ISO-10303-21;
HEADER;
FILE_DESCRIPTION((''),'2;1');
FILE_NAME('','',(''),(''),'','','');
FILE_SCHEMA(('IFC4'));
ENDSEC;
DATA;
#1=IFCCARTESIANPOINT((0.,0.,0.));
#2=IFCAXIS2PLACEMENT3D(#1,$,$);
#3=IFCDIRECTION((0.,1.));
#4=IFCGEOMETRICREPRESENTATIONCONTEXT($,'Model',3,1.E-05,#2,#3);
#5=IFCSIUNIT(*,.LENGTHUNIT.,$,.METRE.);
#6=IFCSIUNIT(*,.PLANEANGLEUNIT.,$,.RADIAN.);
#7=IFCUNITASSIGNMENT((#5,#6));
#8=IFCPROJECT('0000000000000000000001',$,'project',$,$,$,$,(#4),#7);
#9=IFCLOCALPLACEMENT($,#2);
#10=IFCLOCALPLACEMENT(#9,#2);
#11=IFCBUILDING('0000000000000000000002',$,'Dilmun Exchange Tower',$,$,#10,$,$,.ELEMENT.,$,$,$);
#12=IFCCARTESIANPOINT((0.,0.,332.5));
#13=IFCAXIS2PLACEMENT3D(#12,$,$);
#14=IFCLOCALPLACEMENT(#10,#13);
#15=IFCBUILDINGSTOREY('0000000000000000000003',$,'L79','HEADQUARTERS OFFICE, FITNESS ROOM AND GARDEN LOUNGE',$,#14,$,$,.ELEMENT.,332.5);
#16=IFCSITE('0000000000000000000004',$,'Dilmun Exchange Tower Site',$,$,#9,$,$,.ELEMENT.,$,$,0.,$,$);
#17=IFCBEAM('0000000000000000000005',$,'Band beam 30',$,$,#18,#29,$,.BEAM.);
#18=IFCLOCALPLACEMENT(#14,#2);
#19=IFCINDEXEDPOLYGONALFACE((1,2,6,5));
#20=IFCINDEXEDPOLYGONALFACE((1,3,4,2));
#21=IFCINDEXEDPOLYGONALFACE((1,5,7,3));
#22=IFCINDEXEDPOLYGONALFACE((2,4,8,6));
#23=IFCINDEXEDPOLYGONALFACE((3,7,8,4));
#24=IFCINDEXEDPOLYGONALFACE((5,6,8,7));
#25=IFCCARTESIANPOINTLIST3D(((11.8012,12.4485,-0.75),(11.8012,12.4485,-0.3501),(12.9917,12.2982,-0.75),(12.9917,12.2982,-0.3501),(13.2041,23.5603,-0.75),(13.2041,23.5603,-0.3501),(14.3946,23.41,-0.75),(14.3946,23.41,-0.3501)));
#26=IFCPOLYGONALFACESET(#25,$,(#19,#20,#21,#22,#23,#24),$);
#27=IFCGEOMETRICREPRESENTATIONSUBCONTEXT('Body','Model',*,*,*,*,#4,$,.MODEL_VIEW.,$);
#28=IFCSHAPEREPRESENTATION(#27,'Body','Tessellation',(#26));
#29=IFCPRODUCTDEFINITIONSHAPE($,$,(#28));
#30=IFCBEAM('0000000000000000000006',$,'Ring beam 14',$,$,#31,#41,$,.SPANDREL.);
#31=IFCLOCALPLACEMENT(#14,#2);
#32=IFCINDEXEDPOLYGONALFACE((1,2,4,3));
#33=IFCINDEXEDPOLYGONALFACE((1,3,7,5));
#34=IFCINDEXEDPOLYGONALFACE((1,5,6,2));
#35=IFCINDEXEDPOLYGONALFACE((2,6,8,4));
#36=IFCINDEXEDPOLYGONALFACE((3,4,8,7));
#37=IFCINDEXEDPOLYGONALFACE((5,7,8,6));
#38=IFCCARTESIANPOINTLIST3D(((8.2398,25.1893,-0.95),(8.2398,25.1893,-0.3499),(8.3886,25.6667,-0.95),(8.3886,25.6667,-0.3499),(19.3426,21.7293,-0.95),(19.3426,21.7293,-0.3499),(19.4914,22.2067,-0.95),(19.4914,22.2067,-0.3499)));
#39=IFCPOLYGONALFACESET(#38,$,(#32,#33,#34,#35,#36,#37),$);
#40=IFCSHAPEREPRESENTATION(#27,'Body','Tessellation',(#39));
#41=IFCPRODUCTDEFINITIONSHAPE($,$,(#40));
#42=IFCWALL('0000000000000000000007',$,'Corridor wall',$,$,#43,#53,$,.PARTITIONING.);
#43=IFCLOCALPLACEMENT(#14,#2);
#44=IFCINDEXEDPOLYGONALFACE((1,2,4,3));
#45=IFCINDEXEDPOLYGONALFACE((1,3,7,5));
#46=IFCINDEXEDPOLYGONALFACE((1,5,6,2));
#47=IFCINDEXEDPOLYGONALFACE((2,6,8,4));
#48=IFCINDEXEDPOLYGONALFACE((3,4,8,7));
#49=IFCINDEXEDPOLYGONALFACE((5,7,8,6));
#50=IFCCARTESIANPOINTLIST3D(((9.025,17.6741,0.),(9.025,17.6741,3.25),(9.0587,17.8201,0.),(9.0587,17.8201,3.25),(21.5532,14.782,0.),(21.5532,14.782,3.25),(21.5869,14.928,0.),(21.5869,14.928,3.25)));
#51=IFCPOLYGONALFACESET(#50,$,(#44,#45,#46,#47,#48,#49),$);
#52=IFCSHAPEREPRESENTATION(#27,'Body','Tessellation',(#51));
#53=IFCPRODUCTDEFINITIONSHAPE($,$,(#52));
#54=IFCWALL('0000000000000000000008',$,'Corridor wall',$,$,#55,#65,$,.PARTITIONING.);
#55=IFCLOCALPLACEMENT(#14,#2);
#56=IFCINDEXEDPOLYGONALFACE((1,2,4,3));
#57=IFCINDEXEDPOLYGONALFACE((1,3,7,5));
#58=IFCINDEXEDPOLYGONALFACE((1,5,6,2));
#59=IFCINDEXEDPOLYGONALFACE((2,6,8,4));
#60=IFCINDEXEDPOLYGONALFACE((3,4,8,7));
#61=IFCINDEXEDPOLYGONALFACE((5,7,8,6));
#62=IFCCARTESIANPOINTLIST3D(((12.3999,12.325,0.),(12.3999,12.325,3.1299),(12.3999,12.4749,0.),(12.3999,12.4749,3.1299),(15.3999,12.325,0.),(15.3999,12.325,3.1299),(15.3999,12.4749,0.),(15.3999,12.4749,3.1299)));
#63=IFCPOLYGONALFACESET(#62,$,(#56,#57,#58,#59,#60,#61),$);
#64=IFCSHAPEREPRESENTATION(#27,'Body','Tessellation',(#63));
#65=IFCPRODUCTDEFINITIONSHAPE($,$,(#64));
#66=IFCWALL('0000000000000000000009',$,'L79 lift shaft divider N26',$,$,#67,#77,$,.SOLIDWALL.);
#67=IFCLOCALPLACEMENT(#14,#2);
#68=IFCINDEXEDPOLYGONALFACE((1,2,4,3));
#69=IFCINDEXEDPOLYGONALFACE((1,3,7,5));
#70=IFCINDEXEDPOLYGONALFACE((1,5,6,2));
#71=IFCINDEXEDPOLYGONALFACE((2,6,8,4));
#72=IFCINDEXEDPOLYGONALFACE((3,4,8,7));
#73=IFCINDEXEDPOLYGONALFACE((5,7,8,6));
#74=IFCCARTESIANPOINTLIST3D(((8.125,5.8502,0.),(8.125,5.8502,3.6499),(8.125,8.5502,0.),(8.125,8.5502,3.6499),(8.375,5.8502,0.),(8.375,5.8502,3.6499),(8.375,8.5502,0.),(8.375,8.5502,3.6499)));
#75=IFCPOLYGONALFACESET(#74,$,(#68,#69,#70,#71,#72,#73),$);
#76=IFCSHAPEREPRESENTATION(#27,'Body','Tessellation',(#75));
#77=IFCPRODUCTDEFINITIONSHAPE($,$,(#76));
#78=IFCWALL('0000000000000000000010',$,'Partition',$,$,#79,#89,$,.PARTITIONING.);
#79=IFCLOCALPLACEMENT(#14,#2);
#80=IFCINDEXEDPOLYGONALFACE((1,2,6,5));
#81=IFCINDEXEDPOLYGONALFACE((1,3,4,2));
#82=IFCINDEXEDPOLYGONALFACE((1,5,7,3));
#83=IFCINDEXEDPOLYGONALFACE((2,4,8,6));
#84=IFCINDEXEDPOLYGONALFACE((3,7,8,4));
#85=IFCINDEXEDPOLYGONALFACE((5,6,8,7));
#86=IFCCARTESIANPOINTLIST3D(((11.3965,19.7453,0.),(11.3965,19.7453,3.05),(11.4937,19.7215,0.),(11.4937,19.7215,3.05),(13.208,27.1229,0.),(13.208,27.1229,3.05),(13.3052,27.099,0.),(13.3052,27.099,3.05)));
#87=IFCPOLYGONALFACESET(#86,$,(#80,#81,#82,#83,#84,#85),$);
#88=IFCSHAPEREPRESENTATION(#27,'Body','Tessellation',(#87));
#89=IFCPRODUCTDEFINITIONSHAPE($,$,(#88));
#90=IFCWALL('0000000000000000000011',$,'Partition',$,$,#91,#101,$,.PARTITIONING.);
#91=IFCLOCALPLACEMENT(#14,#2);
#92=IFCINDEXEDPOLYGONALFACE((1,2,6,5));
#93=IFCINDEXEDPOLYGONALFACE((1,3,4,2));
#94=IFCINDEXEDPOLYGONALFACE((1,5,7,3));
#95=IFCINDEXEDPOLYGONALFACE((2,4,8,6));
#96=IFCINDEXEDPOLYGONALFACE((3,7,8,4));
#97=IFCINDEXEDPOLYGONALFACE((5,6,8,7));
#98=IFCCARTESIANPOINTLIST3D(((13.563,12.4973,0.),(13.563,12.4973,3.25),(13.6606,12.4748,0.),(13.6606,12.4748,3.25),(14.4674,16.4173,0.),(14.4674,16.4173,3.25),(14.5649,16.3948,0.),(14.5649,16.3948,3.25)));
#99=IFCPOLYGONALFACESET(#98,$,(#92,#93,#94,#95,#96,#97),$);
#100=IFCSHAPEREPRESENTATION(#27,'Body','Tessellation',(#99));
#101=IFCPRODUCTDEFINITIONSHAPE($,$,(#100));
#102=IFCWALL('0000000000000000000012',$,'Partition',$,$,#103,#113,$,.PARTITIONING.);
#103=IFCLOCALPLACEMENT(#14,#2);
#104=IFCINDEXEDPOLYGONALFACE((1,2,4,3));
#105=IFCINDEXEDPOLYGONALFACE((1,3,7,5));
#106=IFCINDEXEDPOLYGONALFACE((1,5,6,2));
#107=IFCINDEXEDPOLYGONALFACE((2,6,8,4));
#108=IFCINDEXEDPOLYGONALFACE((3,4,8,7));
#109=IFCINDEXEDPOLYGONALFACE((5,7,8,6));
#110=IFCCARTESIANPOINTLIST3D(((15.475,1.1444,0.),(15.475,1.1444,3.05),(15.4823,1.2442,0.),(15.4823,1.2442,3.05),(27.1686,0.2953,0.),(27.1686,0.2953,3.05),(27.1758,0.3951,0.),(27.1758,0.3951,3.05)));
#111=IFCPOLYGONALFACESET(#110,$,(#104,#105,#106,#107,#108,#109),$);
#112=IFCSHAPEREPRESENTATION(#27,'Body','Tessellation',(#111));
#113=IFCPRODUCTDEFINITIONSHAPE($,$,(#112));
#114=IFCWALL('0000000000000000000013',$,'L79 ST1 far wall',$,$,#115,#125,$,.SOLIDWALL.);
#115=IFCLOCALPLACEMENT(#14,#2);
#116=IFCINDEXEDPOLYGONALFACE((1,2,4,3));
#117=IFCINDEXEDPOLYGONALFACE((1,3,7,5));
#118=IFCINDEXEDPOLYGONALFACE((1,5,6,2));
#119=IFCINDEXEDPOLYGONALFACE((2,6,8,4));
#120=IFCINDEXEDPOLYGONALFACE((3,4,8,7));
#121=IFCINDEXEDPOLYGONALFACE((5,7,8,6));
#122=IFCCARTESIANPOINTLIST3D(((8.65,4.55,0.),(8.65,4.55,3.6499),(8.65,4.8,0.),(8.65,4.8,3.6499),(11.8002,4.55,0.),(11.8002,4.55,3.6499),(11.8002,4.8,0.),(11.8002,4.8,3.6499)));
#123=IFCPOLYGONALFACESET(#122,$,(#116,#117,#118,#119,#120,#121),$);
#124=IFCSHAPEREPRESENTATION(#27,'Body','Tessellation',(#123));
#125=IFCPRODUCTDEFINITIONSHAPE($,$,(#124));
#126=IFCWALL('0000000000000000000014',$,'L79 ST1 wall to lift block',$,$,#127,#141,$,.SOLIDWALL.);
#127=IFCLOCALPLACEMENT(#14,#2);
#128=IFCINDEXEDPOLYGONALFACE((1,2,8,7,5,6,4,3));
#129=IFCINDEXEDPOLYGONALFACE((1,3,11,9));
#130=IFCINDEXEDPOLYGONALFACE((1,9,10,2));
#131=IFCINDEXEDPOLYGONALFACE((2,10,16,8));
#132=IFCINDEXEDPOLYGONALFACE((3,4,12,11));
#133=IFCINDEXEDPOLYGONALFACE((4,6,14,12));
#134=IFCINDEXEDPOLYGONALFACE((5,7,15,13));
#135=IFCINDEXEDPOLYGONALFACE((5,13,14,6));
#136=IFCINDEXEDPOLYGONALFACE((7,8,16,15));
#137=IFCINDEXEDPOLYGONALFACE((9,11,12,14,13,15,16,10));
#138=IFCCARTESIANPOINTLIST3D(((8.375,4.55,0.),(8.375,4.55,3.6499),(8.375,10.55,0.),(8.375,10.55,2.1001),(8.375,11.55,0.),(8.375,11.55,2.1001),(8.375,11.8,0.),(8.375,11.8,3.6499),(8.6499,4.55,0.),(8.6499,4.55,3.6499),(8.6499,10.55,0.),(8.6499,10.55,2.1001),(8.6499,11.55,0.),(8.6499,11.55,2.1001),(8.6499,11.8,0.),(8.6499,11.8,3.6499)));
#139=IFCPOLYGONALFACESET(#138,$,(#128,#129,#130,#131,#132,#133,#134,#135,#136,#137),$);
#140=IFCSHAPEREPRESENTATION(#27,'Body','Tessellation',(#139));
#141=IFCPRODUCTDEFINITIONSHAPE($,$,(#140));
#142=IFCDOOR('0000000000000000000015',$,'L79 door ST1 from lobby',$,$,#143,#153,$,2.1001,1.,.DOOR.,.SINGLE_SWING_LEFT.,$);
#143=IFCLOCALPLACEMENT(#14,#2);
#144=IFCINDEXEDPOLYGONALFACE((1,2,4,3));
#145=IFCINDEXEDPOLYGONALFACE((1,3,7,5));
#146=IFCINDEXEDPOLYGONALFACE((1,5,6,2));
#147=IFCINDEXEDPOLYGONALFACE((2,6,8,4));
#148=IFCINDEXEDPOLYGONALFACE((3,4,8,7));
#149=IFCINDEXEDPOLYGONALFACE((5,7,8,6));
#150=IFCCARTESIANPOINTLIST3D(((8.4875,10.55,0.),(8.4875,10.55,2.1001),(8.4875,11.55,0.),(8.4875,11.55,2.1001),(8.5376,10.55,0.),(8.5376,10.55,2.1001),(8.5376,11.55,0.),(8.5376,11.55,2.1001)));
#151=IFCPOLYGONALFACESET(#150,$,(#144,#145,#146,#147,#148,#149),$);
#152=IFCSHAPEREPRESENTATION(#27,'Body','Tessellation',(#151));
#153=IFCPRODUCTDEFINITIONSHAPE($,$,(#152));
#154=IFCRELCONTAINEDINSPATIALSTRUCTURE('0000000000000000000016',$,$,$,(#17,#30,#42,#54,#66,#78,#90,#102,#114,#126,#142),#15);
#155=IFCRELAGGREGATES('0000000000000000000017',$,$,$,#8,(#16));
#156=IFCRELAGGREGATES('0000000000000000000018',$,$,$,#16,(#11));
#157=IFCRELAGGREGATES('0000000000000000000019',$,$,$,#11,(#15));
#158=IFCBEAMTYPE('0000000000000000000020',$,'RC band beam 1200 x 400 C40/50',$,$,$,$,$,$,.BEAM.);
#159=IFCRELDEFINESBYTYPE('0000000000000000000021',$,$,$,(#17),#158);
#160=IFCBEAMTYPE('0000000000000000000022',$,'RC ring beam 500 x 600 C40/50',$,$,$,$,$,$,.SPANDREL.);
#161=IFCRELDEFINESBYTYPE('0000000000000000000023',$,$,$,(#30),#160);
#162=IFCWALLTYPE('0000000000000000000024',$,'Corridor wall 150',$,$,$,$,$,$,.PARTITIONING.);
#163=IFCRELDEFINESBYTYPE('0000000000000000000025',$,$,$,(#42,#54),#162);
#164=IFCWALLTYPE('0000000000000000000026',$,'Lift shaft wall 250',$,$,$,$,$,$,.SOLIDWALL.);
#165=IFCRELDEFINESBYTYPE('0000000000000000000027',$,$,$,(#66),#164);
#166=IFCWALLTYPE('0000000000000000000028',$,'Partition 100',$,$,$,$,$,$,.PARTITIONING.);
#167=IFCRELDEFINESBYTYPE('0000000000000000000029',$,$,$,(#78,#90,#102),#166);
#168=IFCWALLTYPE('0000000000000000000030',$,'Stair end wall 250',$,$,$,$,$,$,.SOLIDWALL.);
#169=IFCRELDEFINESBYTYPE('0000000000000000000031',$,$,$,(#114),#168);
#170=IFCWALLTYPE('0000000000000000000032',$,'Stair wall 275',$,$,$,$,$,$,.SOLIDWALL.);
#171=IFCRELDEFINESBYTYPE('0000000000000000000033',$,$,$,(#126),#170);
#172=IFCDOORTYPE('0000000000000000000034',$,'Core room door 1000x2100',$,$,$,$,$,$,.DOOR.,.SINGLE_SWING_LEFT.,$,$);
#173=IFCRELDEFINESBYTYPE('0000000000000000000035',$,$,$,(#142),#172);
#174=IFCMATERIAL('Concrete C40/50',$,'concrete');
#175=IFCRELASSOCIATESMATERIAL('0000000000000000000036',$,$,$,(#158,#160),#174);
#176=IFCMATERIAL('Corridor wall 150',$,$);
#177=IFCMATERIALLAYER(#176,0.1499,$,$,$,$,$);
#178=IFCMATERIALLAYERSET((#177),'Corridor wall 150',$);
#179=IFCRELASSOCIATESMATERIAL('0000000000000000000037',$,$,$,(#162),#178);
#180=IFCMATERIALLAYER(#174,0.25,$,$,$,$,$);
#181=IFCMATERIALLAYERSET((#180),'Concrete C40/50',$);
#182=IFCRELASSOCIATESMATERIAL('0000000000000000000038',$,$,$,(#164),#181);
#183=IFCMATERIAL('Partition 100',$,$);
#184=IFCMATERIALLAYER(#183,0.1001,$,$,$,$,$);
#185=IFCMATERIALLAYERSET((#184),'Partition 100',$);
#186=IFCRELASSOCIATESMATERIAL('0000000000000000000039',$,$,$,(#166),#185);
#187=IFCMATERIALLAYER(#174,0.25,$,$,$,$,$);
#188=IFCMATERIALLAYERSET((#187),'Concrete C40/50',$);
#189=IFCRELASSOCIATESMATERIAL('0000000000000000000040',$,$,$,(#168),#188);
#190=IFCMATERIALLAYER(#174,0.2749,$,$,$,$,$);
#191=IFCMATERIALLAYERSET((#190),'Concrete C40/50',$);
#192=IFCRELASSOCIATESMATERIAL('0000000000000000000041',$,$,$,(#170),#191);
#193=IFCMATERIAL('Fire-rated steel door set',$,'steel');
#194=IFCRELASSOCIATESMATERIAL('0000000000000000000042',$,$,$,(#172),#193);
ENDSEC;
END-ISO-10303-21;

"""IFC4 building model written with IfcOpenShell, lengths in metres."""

from ifc_helpers import new_model, si_unit, direction, frame, frame_2d, origin, origin_2d, place, context, subcontext, project, spatial, rectangle, extrude, material, layer, layer_set, material_profile, profile_set, type_object, element, fill, save


model = new_model("IFC4")

# Units and contexts
model_context = context("Model", 3, precision=1e-05, world=origin(), true_north=direction((0.0, 1.0)))
body_context = subcontext(model_context, "Body", "Model", "MODEL_VIEW")
ifc_project = project(units=[si_unit("LENGTHUNIT", "METRE"), si_unit("PLANEANGLEUNIT", "RADIAN")], contexts=[model_context])

# Site, building, storey
site_placement = place(None, origin())
site = spatial("IfcSite", under=ifc_project, at=site_placement, Name="Dilmun Exchange Tower Site", CompositionType="ELEMENT", RefElevation=0.0)
building_placement = place(site_placement, origin())
building = spatial("IfcBuilding", under=site, at=building_placement, Name="Dilmun Exchange Tower", CompositionType="ELEMENT")
storey_placement = place(building_placement, frame((0.0, 0.0, 332.5)))
storey = spatial("IfcBuildingStorey", under=building, at=storey_placement, Name="L79", Description="HEADQUARTERS OFFICE, FITNESS ROOM AND GARDEN LOUNGE", CompositionType="ELEMENT", Elevation=332.5)

# Beams
ifc_material_1 = material(Name="Concrete C40/50", Category="concrete")
ifc_material_profile_1 = material_profile(ifc_material_1, rectangle(XDim=1.2, YDim=0.3999, at=origin_2d()), Name="1200 x 400")
ifc_profile_set_1 = profile_set([ifc_material_profile_1], Name="Concrete C40/50")
beam_type_1 = type_object("IfcBeamType", Name="RC band beam 1200 x 400 C40/50", PredefinedType="BEAM", material=ifc_profile_set_1)
beam_1_placement = place(storey_placement, frame((13.7993, 23.4851, -0.55), z_axis=(-0.125253, -0.992125, 0.0), x_axis=(0.992125, -0.125253, 0.0)))
element("IfcBeam", 1, at=beam_1_placement, inside=storey, type_object=beam_type_1, Name="Band beam 30", PredefinedType="BEAM", context=body_context, shape_type="SweptSolid", body=[
    extrude(rectangle(XDim=1.2, YDim=0.3999, at=origin_2d()), origin(), (0.0, 0.0, 1.0), 11.2),
])
ifc_material_profile_2 = material_profile(ifc_material_1, rectangle(XDim=0.5, YDim=0.6001, at=origin_2d()), Name="500 x 600")
ifc_profile_set_2 = profile_set([ifc_material_profile_2], Name="Concrete C40/50")
beam_type_2 = type_object("IfcBeamType", Name="RC ring beam 500 x 600 C40/50", PredefinedType="SPANDREL", material=ifc_profile_set_2)
beam_2_placement = place(storey_placement, frame((19.417, 21.968, -0.6499), z_axis=(-0.954716, 0.297518, 0.0), x_axis=(-0.297518, -0.954716, 0.0)))
element("IfcBeam", 2, at=beam_2_placement, inside=storey, type_object=beam_type_2, Name="Ring beam 14", PredefinedType="SPANDREL", context=body_context, shape_type="SweptSolid", body=[
    extrude(rectangle(XDim=0.5, YDim=0.6001, at=origin_2d()), origin(), (0.0, 0.0, 1.0), 11.6294),
])

# Walls
ifc_material_2 = material(Name="Corridor wall 150")
ifc_layer_1 = layer(ifc_material_2, 0.1499)
ifc_layer_set_1 = layer_set([ifc_layer_1], Name="Corridor wall 150")
wall_type_1 = type_object("IfcWallType", Name="Corridor wall 150", PredefinedType="PARTITIONING", material=ifc_layer_set_1)
wall_1_placement = place(storey_placement, frame((9.042, 17.7471, 0.0), z_axis=(0.0, 0.0, 1.0), x_axis=(0.974374, -0.224933, 0.0)))
element("IfcWall", 3, at=wall_1_placement, inside=storey, type_object=wall_type_1, Name="Corridor wall", PredefinedType="PARTITIONING", context=body_context, shape_type="SweptSolid", body=[
    extrude(rectangle(XDim=12.8577, YDim=0.1499, at=frame_2d((6.4287, 0.0))), origin(), (0.0, 0.0, 1.0), 3.25),
])
wall_2_placement = place(storey_placement, frame((12.3999, 12.3999, 0.0), z_axis=(0.0, 0.0, 1.0), x_axis=(1.0, 0.0, 0.0)))
element("IfcWall", 4, at=wall_2_placement, inside=storey, type_object=wall_type_1, Name="Corridor wall", PredefinedType="PARTITIONING", context=body_context, shape_type="SweptSolid", body=[
    extrude(rectangle(XDim=3.0, YDim=0.1499, at=frame_2d((1.5, 0.0))), origin(), (0.0, 0.0, 1.0), 3.1299),
])
ifc_layer_2 = layer(ifc_material_1, 0.25)
ifc_layer_set_2 = layer_set([ifc_layer_2], Name="Concrete C40/50")
wall_type_2 = type_object("IfcWallType", Name="Lift shaft wall 250", PredefinedType="SOLIDWALL", material=ifc_layer_set_2)
wall_3_placement = place(storey_placement, frame((8.25, 5.8501, 0.0), z_axis=(0.0, 0.0, 1.0), x_axis=(0.0, 1.0, 0.0)))
element("IfcWall", 5, at=wall_3_placement, inside=storey, type_object=wall_type_2, Name="L79 lift shaft divider N26", PredefinedType="SOLIDWALL", context=body_context, shape_type="SweptSolid", body=[
    extrude(rectangle(XDim=2.7, YDim=0.25, at=frame_2d((1.3501, 0.0))), origin(), (0.0, 0.0, 1.0), 3.6499),
])
ifc_material_3 = material(Name="Partition 100")
ifc_layer_3 = layer(ifc_material_3, 0.1001)
ifc_layer_set_3 = layer_set([ifc_layer_3], Name="Partition 100")
wall_type_3 = type_object("IfcWallType", Name="Partition 100", PredefinedType="PARTITIONING", material=ifc_layer_set_3)
wall_4_placement = place(storey_placement, frame((11.4451, 19.7334, 0.0), z_axis=(0.0, 0.0, 1.0), x_axis=(0.238465, 0.971151, 0.0)))
element("IfcWall", 6, at=wall_4_placement, inside=storey, type_object=wall_type_3, Name="Partition", PredefinedType="PARTITIONING", context=body_context, shape_type="SweptSolid", body=[
    extrude(rectangle(XDim=7.5967, YDim=0.1001, at=frame_2d((3.7983, 0.0))), origin(), (0.0, 0.0, 1.0), 3.05),
])
wall_5_placement = place(storey_placement, frame((13.6118, 12.4861, 0.0), z_axis=(0.0, 0.0, 1.0), x_axis=(0.224789, 0.974408, 0.0)))
element("IfcWall", 7, at=wall_5_placement, inside=storey, type_object=wall_type_3, Name="Partition", PredefinedType="PARTITIONING", context=body_context, shape_type="SweptSolid", body=[
    extrude(rectangle(XDim=4.0229, YDim=0.1001, at=frame_2d((2.0115, 0.0))), origin(), (0.0, 0.0, 1.0), 3.25),
])
wall_6_placement = place(storey_placement, frame((15.4785, 1.1943, 0.0), z_axis=(0.0, 0.0, 1.0), x_axis=(0.997374, -0.072423, 0.0)))
element("IfcWall", 8, at=wall_6_placement, inside=storey, type_object=wall_type_3, Name="Partition", PredefinedType="PARTITIONING", context=body_context, shape_type="SweptSolid", body=[
    extrude(rectangle(XDim=11.7244, YDim=0.1001, at=frame_2d((5.8623, 0.0))), origin(), (0.0, 0.0, 1.0), 3.05),
])
ifc_layer_4 = layer(ifc_material_1, 0.25)
ifc_layer_set_4 = layer_set([ifc_layer_4], Name="Concrete C40/50")
wall_type_4 = type_object("IfcWallType", Name="Stair end wall 250", PredefinedType="SOLIDWALL", material=ifc_layer_set_4)
wall_7_placement = place(storey_placement, frame((8.6499, 4.675, 0.0), z_axis=(0.0, 0.0, 1.0), x_axis=(1.0, 0.0, 0.0)))
element("IfcWall", 9, at=wall_7_placement, inside=storey, type_object=wall_type_4, Name="L79 ST1 far wall", PredefinedType="SOLIDWALL", context=body_context, shape_type="SweptSolid", body=[
    extrude(rectangle(XDim=3.1501, YDim=0.25, at=frame_2d((1.5752, 0.0))), origin(), (0.0, 0.0, 1.0), 3.6499),
])

# Wall, opening, door
ifc_layer_5 = layer(ifc_material_1, 0.2749)
ifc_layer_set_5 = layer_set([ifc_layer_5], Name="Concrete C40/50")
wall_type_5 = type_object("IfcWallType", Name="Stair wall 275", PredefinedType="SOLIDWALL", material=ifc_layer_set_5)
wall_8_placement = place(storey_placement, frame((8.5125, 4.55, 0.0), z_axis=(0.0, 0.0, 1.0), x_axis=(0.0, 1.0, 0.0)))
wall_8 = element("IfcWall", 10, at=wall_8_placement, inside=storey, type_object=wall_type_5, Name="L79 ST1 wall to lift block", PredefinedType="SOLIDWALL", context=body_context, shape_type="SweptSolid", body=[
    extrude(rectangle(XDim=7.25, YDim=0.2749, at=frame_2d((3.625, 0.0))), origin(), (0.0, 0.0, 1.0), 3.6499),
])
opening_placement = place(wall_8_placement, frame((6.0, 0.0, 0.0)))
opening = element("IfcOpeningElement", 11, at=opening_placement, cuts=wall_8, PredefinedType="OPENING", context=body_context, shape_type="SweptSolid", body=[
    extrude(rectangle(XDim=1.0, YDim=2.1001, at=frame_2d((0.5, 1.05))), frame((0.0, 0.1475, 0.0), z_axis=(0.0, -1.0, 0.0), x_axis=(1.0, 0.0, 0.0)), (0.0, 0.0, 1.0), 0.2949),
])
ifc_material_4 = material(Name="Fire-rated steel door set", Category="steel")
door_type = type_object("IfcDoorType", Name="Core room door 1000x2100", OperationType="SINGLE_SWING_LEFT", PredefinedType="DOOR", material=ifc_material_4)
door_placement = place(opening_placement, origin())
door = element("IfcDoor", 12, at=door_placement, inside=storey, type_object=door_type, Name="L79 door ST1 from lobby", OperationType="SINGLE_SWING_LEFT", OverallHeight=2.1001, OverallWidth=1.0, PredefinedType="DOOR", context=body_context, shape_type="SweptSolid", body=[
    extrude(rectangle(XDim=1.0, YDim=2.1001, at=frame_2d((0.5, 1.05))), frame((0.0, 0.0249, 0.0), z_axis=(0.0, -1.0, 0.0), x_axis=(1.0, 0.0, 0.0)), (0.0, 0.0, 1.0), 0.05),
])
fill(opening, door)

save(model, "model.ifc")
